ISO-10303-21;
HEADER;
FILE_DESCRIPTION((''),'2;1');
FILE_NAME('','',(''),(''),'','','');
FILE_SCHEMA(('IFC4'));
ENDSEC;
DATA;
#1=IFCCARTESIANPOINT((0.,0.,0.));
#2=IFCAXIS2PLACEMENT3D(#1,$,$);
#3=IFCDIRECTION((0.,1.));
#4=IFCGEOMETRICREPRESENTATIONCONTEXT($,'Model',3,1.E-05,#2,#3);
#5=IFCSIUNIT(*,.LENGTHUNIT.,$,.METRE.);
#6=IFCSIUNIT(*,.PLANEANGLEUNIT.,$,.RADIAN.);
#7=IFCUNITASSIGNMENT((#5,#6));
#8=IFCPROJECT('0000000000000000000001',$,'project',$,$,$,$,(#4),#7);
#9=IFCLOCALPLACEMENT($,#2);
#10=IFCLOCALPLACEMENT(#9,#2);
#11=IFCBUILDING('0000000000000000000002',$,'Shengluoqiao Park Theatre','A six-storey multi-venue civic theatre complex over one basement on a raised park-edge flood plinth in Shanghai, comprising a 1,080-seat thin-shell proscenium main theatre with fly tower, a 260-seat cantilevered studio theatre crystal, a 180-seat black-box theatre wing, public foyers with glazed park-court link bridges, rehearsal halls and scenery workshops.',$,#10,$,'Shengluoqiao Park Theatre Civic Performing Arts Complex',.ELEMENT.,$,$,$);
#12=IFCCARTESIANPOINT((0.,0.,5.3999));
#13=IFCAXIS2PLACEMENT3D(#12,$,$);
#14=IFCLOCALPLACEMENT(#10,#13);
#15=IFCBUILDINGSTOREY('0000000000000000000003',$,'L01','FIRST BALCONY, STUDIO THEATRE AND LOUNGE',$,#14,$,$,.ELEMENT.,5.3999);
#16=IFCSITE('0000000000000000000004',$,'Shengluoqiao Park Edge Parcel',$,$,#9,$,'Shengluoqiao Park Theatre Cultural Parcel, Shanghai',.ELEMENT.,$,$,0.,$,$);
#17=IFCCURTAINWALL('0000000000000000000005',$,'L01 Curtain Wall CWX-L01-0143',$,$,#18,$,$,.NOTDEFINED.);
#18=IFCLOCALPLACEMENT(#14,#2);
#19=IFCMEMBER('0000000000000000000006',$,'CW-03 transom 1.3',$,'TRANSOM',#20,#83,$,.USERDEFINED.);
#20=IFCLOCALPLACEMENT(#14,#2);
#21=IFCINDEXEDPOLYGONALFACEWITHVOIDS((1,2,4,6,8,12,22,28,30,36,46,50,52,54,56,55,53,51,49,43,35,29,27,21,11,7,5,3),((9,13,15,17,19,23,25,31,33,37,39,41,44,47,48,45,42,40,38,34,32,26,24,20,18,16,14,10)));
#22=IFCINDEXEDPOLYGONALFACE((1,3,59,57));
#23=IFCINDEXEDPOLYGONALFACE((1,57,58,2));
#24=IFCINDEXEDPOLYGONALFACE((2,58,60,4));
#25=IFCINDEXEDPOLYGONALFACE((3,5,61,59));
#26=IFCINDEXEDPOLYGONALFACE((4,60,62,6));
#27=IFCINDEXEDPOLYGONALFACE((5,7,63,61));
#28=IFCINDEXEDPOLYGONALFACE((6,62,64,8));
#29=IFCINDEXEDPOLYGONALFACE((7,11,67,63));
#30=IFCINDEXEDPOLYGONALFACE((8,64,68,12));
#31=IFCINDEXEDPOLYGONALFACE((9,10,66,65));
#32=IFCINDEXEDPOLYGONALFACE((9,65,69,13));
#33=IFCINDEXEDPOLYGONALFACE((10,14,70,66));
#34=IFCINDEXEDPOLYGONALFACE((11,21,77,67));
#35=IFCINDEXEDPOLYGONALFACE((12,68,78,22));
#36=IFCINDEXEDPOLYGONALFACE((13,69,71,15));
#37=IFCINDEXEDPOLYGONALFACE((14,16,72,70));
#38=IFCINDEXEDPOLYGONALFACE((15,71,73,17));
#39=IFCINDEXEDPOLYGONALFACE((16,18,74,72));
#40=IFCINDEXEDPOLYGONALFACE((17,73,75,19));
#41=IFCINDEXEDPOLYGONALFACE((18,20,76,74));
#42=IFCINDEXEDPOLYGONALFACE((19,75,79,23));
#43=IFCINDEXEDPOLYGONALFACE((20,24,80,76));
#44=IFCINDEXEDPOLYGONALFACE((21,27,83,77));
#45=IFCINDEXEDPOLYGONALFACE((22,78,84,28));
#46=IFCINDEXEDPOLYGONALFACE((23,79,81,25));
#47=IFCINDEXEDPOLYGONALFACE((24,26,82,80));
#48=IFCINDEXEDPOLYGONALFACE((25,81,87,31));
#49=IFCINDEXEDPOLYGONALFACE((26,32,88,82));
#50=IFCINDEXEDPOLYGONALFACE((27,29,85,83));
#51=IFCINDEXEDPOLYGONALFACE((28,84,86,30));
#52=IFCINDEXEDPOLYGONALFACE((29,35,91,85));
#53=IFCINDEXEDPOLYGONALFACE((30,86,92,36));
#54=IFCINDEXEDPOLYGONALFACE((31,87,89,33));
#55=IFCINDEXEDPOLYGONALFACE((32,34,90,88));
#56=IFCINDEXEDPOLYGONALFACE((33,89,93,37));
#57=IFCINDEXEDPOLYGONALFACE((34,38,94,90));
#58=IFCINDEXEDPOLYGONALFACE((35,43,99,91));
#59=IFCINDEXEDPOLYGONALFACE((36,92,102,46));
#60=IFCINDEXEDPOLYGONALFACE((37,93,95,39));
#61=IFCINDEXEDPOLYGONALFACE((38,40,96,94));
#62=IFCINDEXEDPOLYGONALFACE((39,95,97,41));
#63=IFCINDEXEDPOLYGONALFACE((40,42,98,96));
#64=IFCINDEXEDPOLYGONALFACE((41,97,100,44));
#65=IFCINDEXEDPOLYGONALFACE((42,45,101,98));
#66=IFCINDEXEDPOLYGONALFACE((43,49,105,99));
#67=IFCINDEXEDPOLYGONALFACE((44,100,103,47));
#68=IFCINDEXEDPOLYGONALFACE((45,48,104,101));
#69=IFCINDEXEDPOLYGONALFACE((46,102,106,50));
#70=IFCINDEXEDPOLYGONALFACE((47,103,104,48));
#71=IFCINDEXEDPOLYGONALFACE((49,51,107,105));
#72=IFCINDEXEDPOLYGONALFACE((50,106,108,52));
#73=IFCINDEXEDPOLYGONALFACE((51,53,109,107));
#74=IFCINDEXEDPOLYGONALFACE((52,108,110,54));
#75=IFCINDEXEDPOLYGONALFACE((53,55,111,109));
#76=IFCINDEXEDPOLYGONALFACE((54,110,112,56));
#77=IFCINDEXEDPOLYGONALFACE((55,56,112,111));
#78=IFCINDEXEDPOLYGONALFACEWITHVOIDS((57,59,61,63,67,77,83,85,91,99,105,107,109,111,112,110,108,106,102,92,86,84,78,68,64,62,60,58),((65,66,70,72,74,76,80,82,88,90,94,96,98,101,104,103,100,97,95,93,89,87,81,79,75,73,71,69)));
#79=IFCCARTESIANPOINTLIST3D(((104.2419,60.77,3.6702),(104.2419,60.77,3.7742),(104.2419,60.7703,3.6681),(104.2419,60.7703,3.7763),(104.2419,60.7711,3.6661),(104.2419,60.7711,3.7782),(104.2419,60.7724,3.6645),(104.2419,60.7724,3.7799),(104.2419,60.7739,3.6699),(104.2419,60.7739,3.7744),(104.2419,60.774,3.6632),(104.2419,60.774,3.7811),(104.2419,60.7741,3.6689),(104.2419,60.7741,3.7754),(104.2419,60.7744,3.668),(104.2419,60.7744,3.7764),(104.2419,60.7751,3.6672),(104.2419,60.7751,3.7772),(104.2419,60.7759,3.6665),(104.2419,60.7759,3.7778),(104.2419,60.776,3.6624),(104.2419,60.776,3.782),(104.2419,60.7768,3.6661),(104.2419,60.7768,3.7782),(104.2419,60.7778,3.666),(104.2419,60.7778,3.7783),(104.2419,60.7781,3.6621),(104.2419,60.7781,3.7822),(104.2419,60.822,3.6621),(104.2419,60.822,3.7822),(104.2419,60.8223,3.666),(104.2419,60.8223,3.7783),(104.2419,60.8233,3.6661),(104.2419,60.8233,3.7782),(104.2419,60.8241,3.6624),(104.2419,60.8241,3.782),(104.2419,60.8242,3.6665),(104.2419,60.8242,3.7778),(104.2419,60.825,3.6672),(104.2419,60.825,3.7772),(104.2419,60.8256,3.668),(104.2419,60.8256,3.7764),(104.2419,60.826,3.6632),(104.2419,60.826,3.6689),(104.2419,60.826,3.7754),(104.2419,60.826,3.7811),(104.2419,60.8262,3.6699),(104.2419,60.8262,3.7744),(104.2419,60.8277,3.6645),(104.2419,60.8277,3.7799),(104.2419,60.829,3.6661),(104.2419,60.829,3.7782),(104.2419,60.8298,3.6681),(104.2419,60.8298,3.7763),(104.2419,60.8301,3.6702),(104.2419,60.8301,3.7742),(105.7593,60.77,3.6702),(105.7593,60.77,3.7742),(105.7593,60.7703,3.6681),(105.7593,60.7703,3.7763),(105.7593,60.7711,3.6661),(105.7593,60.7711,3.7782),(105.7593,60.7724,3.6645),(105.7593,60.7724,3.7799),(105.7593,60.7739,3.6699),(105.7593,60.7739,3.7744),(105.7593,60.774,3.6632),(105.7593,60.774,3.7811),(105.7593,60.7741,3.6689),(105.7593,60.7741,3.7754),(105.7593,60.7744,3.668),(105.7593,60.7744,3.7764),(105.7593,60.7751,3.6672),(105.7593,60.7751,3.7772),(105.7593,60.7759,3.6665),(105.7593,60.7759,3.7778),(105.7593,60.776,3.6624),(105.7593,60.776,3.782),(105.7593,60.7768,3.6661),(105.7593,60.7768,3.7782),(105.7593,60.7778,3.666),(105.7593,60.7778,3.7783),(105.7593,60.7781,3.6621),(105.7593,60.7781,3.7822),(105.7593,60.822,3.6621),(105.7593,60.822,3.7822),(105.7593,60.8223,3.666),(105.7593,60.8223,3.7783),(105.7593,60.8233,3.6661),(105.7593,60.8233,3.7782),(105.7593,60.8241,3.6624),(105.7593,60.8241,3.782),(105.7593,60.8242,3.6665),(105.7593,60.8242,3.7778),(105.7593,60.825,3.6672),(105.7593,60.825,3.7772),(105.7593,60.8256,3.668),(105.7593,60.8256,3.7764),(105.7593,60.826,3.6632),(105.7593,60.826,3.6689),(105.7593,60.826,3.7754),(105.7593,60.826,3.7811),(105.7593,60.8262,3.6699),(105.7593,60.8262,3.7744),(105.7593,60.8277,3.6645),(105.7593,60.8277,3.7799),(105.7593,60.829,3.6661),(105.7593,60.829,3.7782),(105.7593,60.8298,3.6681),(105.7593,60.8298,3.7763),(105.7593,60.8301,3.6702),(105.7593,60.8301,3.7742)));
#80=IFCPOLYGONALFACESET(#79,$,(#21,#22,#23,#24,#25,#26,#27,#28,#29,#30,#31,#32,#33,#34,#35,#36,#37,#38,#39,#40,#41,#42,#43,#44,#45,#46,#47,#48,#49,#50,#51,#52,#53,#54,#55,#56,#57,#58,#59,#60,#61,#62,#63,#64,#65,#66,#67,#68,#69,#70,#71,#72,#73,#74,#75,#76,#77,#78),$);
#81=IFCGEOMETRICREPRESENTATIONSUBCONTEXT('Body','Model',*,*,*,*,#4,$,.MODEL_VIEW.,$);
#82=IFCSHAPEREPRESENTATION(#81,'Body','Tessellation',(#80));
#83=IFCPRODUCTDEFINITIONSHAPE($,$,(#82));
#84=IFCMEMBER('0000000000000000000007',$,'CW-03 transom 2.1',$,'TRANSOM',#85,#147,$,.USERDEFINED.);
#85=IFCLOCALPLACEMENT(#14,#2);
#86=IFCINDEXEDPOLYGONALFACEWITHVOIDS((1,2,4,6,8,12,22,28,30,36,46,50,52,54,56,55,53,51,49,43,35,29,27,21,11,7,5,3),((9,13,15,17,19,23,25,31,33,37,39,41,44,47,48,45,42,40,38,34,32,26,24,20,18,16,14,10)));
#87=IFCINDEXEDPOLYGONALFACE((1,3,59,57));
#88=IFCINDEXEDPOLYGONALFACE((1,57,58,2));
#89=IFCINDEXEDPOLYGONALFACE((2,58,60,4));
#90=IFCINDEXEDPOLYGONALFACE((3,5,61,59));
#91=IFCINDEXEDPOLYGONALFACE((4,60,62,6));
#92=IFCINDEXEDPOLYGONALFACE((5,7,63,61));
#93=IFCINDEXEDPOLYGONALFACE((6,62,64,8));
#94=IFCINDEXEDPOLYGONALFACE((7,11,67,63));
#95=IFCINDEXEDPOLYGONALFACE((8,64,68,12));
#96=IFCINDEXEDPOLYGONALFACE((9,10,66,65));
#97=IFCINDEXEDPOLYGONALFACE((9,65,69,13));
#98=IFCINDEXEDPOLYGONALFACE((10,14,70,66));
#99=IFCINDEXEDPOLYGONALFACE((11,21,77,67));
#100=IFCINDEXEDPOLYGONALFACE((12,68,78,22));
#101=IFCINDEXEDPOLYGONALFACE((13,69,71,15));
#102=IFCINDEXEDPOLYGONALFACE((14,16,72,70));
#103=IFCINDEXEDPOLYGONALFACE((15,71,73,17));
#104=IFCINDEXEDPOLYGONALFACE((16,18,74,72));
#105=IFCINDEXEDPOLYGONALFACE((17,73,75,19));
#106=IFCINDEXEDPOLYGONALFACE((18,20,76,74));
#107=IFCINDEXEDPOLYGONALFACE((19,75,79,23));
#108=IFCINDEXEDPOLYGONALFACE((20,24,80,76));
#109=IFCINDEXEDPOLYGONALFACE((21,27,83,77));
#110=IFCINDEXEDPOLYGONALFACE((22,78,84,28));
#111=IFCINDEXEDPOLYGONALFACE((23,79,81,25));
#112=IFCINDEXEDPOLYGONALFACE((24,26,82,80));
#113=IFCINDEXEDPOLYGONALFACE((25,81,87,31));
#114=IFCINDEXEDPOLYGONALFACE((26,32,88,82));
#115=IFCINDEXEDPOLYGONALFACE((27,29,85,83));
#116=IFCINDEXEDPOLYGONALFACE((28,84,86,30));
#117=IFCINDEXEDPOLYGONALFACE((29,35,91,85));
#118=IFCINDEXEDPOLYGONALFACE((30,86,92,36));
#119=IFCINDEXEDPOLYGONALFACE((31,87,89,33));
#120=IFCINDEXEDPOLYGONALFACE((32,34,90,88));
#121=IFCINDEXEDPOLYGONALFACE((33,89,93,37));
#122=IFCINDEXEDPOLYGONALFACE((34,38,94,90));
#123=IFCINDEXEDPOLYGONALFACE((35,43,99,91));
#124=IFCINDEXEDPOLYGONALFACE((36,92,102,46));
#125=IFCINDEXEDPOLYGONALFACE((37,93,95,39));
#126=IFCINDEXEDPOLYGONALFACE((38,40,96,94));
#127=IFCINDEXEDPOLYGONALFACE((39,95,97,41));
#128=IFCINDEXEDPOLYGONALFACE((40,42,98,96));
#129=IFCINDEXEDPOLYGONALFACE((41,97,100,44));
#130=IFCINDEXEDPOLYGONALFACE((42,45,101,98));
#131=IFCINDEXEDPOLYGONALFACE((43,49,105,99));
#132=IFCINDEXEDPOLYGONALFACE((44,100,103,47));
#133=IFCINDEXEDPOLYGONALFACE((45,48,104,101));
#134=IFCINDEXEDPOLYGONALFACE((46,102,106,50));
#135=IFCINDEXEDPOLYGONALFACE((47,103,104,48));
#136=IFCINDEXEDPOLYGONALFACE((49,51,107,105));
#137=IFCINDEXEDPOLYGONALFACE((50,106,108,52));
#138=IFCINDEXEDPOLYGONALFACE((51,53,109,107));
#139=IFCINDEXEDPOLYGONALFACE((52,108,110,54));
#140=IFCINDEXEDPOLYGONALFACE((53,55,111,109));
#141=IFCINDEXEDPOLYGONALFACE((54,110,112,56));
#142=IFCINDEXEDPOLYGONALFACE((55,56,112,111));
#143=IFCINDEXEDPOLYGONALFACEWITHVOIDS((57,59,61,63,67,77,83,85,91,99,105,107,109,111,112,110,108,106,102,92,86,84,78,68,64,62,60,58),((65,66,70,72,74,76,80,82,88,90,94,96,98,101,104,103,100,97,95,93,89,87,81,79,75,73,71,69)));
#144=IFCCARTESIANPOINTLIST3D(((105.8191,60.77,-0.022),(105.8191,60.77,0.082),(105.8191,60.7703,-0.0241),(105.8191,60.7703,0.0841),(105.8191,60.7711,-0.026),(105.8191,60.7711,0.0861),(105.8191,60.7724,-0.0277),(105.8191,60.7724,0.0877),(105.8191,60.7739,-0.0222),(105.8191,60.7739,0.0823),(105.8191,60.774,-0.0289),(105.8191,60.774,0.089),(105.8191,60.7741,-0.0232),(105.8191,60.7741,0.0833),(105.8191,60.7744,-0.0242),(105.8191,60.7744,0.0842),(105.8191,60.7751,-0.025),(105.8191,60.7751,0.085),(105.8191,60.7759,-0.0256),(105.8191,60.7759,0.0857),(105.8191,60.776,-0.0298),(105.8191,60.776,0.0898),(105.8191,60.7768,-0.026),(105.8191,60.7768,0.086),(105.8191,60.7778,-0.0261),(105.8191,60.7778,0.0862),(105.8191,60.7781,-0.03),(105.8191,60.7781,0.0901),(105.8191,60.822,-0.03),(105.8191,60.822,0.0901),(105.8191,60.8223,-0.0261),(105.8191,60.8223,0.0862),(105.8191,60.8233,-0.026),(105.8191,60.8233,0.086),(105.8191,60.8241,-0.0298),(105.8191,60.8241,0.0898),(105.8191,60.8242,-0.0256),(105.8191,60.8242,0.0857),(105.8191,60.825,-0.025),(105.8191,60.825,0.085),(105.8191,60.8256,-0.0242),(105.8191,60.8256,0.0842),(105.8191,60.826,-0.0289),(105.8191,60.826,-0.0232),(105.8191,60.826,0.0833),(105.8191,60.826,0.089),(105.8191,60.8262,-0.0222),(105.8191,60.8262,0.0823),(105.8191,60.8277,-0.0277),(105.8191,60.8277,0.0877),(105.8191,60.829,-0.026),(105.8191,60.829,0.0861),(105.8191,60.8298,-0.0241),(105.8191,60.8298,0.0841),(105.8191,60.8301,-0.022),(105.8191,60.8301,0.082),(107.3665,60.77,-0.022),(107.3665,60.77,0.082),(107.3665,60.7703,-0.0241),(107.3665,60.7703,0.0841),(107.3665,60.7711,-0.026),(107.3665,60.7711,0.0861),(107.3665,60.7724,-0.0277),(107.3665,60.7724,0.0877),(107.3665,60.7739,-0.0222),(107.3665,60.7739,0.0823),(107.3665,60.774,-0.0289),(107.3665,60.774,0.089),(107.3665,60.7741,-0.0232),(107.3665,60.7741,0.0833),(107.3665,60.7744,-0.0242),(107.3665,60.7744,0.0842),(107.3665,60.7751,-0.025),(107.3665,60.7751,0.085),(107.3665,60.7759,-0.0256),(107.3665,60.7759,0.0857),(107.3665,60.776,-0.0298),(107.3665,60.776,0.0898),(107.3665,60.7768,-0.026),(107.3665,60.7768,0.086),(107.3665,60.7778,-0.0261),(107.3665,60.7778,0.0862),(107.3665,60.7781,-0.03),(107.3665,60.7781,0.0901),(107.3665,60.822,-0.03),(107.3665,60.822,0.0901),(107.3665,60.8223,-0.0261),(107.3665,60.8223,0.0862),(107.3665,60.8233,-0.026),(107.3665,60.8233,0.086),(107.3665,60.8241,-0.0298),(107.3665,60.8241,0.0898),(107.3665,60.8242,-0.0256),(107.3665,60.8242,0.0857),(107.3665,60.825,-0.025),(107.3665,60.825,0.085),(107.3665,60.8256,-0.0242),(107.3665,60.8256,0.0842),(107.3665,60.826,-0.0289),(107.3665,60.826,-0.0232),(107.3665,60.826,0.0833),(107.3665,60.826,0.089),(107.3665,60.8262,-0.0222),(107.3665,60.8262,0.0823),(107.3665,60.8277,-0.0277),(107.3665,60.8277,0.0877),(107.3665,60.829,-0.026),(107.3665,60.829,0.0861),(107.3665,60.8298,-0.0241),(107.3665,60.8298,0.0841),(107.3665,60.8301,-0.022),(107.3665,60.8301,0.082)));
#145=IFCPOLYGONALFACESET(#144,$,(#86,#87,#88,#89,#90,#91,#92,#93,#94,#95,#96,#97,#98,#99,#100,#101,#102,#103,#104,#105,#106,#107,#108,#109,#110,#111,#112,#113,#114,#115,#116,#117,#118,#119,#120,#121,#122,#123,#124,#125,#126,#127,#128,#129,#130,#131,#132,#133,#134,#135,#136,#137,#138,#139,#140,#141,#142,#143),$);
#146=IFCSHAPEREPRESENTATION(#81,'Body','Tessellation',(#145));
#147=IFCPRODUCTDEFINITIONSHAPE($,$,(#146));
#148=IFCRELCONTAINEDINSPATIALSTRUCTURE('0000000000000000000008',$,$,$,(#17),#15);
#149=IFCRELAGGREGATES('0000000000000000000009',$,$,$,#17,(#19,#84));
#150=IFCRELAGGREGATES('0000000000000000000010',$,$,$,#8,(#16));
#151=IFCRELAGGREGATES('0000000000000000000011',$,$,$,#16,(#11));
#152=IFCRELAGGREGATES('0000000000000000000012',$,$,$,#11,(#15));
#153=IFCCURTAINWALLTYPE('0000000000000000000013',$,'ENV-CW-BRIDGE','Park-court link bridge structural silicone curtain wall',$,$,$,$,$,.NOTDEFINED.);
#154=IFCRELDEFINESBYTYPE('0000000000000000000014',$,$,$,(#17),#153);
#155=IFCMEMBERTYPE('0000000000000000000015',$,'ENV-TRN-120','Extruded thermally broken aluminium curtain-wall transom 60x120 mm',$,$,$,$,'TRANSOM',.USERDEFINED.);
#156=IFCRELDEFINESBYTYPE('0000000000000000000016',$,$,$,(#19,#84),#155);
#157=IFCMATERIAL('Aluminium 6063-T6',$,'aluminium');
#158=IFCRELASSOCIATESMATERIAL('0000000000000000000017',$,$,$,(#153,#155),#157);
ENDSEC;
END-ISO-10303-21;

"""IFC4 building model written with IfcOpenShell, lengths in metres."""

from ifc_helpers import new_model, si_unit, direction, frame, origin, origin_2d, place, context, subcontext, project, spatial, hollow_rectangle, extrude, material, material_profile, profile_set, type_object, element, aggregate, save


model = new_model("IFC4")

# Units and contexts
model_context = context("Model", 3, precision=1e-05, world=origin(), true_north=direction((0.0, 1.0)))
body_context = subcontext(model_context, "Body", "Model", "MODEL_VIEW")
ifc_project = project(units=[si_unit("LENGTHUNIT", "METRE"), si_unit("PLANEANGLEUNIT", "RADIAN")], contexts=[model_context])

# Site, building, storey
site_placement = place(None, origin())
site = spatial("IfcSite", under=ifc_project, at=site_placement, Name="Shengluoqiao Park Edge Parcel", LongName="Shengluoqiao Park Theatre Cultural Parcel, Shanghai", CompositionType="ELEMENT", RefElevation=0.0)
building_placement = place(site_placement, origin())
building = spatial("IfcBuilding", under=site, at=building_placement, Name="Shengluoqiao Park Theatre", Description="A six-storey multi-venue civic theatre complex over one basement on a raised park-edge flood plinth in Shanghai, comprising a 1,080-seat thin-shell proscenium main theatre with fly tower, a 260-seat cantilevered studio theatre crystal, a 180-seat black-box theatre wing, public foyers with glazed park-court link bridges, rehearsal halls and scenery workshops.", LongName="Shengluoqiao Park Theatre Civic Performing Arts Complex", CompositionType="ELEMENT")
storey_placement = place(building_placement, frame((0.0, 0.0, 5.3999)))
storey = spatial("IfcBuildingStorey", under=building, at=storey_placement, Name="L01", Description="FIRST BALCONY, STUDIO THEATRE AND LOUNGE", CompositionType="ELEMENT", Elevation=5.3999)

# Shared definitions
ifc_material_1 = material(Name="Aluminium 6063-T6", Category="aluminium")
curtain_wall_type = type_object("IfcCurtainWallType", Name="ENV-CW-BRIDGE", Description="Park-court link bridge structural silicone curtain wall", PredefinedType="NOTDEFINED", material=ifc_material_1)

# Curtain wall
curtain_wall_1_placement = place(storey_placement, origin())
curtain_wall_1 = element("IfcCurtainWall", 1, at=curtain_wall_1_placement, inside=storey, type_object=curtain_wall_type, Name="L01 Curtain Wall CWX-L01-0143", PredefinedType="NOTDEFINED")

# Members
ifc_material_profile_1 = material_profile(ifc_material_1, hollow_rectangle(XDim=0.0601, YDim=0.1201, WallThickness=0.0039, InnerFilletRadius=0.0039, OuterFilletRadius=0.0081, at=origin_2d()), Name="ALU TRANSOM 120x60x4")
ifc_profile_set_1 = profile_set([ifc_material_profile_1], Name="Aluminium 6063-T6")
member_type_1 = type_object("IfcMemberType", Name="ENV-TRN-120", Description="Extruded thermally broken aluminium curtain-wall transom 60x120 mm", ElementType="TRANSOM", PredefinedType="USERDEFINED", material=ifc_profile_set_1)
member_1_placement = place(storey_placement, frame((104.2419, 60.8, 3.7222), z_axis=(1.0, 0.0, 0.0), x_axis=(0.0, 1.0, 0.0)))
member_1 = element("IfcMember", 2, at=member_1_placement, type_object=member_type_1, Name="CW-03 transom 1.3", ObjectType="TRANSOM", PredefinedType="USERDEFINED", context=body_context, shape_type="SweptSolid", body=[
    extrude(hollow_rectangle(XDim=0.0601, YDim=0.1201, WallThickness=0.0039, InnerFilletRadius=0.0039, OuterFilletRadius=0.0081, at=origin_2d()), origin(), (0.0, 0.0, 1.0), 1.5173),
])
member_2_placement = place(storey_placement, frame((105.8191, 60.8, 0.03), z_axis=(1.0, 0.0, 0.0), x_axis=(0.0, 1.0, 0.0)))
member_2 = element("IfcMember", 3, at=member_2_placement, type_object=member_type_1, Name="CW-03 transom 2.1", ObjectType="TRANSOM", PredefinedType="USERDEFINED", context=body_context, shape_type="SweptSolid", body=[
    extrude(hollow_rectangle(XDim=0.0601, YDim=0.1201, WallThickness=0.0039, InnerFilletRadius=0.0039, OuterFilletRadius=0.0081, at=origin_2d()), origin(), (0.0, 0.0, 1.0), 1.5474),
])

aggregate(curtain_wall_1, [member_1, member_2])

save(model, "model.ifc")
